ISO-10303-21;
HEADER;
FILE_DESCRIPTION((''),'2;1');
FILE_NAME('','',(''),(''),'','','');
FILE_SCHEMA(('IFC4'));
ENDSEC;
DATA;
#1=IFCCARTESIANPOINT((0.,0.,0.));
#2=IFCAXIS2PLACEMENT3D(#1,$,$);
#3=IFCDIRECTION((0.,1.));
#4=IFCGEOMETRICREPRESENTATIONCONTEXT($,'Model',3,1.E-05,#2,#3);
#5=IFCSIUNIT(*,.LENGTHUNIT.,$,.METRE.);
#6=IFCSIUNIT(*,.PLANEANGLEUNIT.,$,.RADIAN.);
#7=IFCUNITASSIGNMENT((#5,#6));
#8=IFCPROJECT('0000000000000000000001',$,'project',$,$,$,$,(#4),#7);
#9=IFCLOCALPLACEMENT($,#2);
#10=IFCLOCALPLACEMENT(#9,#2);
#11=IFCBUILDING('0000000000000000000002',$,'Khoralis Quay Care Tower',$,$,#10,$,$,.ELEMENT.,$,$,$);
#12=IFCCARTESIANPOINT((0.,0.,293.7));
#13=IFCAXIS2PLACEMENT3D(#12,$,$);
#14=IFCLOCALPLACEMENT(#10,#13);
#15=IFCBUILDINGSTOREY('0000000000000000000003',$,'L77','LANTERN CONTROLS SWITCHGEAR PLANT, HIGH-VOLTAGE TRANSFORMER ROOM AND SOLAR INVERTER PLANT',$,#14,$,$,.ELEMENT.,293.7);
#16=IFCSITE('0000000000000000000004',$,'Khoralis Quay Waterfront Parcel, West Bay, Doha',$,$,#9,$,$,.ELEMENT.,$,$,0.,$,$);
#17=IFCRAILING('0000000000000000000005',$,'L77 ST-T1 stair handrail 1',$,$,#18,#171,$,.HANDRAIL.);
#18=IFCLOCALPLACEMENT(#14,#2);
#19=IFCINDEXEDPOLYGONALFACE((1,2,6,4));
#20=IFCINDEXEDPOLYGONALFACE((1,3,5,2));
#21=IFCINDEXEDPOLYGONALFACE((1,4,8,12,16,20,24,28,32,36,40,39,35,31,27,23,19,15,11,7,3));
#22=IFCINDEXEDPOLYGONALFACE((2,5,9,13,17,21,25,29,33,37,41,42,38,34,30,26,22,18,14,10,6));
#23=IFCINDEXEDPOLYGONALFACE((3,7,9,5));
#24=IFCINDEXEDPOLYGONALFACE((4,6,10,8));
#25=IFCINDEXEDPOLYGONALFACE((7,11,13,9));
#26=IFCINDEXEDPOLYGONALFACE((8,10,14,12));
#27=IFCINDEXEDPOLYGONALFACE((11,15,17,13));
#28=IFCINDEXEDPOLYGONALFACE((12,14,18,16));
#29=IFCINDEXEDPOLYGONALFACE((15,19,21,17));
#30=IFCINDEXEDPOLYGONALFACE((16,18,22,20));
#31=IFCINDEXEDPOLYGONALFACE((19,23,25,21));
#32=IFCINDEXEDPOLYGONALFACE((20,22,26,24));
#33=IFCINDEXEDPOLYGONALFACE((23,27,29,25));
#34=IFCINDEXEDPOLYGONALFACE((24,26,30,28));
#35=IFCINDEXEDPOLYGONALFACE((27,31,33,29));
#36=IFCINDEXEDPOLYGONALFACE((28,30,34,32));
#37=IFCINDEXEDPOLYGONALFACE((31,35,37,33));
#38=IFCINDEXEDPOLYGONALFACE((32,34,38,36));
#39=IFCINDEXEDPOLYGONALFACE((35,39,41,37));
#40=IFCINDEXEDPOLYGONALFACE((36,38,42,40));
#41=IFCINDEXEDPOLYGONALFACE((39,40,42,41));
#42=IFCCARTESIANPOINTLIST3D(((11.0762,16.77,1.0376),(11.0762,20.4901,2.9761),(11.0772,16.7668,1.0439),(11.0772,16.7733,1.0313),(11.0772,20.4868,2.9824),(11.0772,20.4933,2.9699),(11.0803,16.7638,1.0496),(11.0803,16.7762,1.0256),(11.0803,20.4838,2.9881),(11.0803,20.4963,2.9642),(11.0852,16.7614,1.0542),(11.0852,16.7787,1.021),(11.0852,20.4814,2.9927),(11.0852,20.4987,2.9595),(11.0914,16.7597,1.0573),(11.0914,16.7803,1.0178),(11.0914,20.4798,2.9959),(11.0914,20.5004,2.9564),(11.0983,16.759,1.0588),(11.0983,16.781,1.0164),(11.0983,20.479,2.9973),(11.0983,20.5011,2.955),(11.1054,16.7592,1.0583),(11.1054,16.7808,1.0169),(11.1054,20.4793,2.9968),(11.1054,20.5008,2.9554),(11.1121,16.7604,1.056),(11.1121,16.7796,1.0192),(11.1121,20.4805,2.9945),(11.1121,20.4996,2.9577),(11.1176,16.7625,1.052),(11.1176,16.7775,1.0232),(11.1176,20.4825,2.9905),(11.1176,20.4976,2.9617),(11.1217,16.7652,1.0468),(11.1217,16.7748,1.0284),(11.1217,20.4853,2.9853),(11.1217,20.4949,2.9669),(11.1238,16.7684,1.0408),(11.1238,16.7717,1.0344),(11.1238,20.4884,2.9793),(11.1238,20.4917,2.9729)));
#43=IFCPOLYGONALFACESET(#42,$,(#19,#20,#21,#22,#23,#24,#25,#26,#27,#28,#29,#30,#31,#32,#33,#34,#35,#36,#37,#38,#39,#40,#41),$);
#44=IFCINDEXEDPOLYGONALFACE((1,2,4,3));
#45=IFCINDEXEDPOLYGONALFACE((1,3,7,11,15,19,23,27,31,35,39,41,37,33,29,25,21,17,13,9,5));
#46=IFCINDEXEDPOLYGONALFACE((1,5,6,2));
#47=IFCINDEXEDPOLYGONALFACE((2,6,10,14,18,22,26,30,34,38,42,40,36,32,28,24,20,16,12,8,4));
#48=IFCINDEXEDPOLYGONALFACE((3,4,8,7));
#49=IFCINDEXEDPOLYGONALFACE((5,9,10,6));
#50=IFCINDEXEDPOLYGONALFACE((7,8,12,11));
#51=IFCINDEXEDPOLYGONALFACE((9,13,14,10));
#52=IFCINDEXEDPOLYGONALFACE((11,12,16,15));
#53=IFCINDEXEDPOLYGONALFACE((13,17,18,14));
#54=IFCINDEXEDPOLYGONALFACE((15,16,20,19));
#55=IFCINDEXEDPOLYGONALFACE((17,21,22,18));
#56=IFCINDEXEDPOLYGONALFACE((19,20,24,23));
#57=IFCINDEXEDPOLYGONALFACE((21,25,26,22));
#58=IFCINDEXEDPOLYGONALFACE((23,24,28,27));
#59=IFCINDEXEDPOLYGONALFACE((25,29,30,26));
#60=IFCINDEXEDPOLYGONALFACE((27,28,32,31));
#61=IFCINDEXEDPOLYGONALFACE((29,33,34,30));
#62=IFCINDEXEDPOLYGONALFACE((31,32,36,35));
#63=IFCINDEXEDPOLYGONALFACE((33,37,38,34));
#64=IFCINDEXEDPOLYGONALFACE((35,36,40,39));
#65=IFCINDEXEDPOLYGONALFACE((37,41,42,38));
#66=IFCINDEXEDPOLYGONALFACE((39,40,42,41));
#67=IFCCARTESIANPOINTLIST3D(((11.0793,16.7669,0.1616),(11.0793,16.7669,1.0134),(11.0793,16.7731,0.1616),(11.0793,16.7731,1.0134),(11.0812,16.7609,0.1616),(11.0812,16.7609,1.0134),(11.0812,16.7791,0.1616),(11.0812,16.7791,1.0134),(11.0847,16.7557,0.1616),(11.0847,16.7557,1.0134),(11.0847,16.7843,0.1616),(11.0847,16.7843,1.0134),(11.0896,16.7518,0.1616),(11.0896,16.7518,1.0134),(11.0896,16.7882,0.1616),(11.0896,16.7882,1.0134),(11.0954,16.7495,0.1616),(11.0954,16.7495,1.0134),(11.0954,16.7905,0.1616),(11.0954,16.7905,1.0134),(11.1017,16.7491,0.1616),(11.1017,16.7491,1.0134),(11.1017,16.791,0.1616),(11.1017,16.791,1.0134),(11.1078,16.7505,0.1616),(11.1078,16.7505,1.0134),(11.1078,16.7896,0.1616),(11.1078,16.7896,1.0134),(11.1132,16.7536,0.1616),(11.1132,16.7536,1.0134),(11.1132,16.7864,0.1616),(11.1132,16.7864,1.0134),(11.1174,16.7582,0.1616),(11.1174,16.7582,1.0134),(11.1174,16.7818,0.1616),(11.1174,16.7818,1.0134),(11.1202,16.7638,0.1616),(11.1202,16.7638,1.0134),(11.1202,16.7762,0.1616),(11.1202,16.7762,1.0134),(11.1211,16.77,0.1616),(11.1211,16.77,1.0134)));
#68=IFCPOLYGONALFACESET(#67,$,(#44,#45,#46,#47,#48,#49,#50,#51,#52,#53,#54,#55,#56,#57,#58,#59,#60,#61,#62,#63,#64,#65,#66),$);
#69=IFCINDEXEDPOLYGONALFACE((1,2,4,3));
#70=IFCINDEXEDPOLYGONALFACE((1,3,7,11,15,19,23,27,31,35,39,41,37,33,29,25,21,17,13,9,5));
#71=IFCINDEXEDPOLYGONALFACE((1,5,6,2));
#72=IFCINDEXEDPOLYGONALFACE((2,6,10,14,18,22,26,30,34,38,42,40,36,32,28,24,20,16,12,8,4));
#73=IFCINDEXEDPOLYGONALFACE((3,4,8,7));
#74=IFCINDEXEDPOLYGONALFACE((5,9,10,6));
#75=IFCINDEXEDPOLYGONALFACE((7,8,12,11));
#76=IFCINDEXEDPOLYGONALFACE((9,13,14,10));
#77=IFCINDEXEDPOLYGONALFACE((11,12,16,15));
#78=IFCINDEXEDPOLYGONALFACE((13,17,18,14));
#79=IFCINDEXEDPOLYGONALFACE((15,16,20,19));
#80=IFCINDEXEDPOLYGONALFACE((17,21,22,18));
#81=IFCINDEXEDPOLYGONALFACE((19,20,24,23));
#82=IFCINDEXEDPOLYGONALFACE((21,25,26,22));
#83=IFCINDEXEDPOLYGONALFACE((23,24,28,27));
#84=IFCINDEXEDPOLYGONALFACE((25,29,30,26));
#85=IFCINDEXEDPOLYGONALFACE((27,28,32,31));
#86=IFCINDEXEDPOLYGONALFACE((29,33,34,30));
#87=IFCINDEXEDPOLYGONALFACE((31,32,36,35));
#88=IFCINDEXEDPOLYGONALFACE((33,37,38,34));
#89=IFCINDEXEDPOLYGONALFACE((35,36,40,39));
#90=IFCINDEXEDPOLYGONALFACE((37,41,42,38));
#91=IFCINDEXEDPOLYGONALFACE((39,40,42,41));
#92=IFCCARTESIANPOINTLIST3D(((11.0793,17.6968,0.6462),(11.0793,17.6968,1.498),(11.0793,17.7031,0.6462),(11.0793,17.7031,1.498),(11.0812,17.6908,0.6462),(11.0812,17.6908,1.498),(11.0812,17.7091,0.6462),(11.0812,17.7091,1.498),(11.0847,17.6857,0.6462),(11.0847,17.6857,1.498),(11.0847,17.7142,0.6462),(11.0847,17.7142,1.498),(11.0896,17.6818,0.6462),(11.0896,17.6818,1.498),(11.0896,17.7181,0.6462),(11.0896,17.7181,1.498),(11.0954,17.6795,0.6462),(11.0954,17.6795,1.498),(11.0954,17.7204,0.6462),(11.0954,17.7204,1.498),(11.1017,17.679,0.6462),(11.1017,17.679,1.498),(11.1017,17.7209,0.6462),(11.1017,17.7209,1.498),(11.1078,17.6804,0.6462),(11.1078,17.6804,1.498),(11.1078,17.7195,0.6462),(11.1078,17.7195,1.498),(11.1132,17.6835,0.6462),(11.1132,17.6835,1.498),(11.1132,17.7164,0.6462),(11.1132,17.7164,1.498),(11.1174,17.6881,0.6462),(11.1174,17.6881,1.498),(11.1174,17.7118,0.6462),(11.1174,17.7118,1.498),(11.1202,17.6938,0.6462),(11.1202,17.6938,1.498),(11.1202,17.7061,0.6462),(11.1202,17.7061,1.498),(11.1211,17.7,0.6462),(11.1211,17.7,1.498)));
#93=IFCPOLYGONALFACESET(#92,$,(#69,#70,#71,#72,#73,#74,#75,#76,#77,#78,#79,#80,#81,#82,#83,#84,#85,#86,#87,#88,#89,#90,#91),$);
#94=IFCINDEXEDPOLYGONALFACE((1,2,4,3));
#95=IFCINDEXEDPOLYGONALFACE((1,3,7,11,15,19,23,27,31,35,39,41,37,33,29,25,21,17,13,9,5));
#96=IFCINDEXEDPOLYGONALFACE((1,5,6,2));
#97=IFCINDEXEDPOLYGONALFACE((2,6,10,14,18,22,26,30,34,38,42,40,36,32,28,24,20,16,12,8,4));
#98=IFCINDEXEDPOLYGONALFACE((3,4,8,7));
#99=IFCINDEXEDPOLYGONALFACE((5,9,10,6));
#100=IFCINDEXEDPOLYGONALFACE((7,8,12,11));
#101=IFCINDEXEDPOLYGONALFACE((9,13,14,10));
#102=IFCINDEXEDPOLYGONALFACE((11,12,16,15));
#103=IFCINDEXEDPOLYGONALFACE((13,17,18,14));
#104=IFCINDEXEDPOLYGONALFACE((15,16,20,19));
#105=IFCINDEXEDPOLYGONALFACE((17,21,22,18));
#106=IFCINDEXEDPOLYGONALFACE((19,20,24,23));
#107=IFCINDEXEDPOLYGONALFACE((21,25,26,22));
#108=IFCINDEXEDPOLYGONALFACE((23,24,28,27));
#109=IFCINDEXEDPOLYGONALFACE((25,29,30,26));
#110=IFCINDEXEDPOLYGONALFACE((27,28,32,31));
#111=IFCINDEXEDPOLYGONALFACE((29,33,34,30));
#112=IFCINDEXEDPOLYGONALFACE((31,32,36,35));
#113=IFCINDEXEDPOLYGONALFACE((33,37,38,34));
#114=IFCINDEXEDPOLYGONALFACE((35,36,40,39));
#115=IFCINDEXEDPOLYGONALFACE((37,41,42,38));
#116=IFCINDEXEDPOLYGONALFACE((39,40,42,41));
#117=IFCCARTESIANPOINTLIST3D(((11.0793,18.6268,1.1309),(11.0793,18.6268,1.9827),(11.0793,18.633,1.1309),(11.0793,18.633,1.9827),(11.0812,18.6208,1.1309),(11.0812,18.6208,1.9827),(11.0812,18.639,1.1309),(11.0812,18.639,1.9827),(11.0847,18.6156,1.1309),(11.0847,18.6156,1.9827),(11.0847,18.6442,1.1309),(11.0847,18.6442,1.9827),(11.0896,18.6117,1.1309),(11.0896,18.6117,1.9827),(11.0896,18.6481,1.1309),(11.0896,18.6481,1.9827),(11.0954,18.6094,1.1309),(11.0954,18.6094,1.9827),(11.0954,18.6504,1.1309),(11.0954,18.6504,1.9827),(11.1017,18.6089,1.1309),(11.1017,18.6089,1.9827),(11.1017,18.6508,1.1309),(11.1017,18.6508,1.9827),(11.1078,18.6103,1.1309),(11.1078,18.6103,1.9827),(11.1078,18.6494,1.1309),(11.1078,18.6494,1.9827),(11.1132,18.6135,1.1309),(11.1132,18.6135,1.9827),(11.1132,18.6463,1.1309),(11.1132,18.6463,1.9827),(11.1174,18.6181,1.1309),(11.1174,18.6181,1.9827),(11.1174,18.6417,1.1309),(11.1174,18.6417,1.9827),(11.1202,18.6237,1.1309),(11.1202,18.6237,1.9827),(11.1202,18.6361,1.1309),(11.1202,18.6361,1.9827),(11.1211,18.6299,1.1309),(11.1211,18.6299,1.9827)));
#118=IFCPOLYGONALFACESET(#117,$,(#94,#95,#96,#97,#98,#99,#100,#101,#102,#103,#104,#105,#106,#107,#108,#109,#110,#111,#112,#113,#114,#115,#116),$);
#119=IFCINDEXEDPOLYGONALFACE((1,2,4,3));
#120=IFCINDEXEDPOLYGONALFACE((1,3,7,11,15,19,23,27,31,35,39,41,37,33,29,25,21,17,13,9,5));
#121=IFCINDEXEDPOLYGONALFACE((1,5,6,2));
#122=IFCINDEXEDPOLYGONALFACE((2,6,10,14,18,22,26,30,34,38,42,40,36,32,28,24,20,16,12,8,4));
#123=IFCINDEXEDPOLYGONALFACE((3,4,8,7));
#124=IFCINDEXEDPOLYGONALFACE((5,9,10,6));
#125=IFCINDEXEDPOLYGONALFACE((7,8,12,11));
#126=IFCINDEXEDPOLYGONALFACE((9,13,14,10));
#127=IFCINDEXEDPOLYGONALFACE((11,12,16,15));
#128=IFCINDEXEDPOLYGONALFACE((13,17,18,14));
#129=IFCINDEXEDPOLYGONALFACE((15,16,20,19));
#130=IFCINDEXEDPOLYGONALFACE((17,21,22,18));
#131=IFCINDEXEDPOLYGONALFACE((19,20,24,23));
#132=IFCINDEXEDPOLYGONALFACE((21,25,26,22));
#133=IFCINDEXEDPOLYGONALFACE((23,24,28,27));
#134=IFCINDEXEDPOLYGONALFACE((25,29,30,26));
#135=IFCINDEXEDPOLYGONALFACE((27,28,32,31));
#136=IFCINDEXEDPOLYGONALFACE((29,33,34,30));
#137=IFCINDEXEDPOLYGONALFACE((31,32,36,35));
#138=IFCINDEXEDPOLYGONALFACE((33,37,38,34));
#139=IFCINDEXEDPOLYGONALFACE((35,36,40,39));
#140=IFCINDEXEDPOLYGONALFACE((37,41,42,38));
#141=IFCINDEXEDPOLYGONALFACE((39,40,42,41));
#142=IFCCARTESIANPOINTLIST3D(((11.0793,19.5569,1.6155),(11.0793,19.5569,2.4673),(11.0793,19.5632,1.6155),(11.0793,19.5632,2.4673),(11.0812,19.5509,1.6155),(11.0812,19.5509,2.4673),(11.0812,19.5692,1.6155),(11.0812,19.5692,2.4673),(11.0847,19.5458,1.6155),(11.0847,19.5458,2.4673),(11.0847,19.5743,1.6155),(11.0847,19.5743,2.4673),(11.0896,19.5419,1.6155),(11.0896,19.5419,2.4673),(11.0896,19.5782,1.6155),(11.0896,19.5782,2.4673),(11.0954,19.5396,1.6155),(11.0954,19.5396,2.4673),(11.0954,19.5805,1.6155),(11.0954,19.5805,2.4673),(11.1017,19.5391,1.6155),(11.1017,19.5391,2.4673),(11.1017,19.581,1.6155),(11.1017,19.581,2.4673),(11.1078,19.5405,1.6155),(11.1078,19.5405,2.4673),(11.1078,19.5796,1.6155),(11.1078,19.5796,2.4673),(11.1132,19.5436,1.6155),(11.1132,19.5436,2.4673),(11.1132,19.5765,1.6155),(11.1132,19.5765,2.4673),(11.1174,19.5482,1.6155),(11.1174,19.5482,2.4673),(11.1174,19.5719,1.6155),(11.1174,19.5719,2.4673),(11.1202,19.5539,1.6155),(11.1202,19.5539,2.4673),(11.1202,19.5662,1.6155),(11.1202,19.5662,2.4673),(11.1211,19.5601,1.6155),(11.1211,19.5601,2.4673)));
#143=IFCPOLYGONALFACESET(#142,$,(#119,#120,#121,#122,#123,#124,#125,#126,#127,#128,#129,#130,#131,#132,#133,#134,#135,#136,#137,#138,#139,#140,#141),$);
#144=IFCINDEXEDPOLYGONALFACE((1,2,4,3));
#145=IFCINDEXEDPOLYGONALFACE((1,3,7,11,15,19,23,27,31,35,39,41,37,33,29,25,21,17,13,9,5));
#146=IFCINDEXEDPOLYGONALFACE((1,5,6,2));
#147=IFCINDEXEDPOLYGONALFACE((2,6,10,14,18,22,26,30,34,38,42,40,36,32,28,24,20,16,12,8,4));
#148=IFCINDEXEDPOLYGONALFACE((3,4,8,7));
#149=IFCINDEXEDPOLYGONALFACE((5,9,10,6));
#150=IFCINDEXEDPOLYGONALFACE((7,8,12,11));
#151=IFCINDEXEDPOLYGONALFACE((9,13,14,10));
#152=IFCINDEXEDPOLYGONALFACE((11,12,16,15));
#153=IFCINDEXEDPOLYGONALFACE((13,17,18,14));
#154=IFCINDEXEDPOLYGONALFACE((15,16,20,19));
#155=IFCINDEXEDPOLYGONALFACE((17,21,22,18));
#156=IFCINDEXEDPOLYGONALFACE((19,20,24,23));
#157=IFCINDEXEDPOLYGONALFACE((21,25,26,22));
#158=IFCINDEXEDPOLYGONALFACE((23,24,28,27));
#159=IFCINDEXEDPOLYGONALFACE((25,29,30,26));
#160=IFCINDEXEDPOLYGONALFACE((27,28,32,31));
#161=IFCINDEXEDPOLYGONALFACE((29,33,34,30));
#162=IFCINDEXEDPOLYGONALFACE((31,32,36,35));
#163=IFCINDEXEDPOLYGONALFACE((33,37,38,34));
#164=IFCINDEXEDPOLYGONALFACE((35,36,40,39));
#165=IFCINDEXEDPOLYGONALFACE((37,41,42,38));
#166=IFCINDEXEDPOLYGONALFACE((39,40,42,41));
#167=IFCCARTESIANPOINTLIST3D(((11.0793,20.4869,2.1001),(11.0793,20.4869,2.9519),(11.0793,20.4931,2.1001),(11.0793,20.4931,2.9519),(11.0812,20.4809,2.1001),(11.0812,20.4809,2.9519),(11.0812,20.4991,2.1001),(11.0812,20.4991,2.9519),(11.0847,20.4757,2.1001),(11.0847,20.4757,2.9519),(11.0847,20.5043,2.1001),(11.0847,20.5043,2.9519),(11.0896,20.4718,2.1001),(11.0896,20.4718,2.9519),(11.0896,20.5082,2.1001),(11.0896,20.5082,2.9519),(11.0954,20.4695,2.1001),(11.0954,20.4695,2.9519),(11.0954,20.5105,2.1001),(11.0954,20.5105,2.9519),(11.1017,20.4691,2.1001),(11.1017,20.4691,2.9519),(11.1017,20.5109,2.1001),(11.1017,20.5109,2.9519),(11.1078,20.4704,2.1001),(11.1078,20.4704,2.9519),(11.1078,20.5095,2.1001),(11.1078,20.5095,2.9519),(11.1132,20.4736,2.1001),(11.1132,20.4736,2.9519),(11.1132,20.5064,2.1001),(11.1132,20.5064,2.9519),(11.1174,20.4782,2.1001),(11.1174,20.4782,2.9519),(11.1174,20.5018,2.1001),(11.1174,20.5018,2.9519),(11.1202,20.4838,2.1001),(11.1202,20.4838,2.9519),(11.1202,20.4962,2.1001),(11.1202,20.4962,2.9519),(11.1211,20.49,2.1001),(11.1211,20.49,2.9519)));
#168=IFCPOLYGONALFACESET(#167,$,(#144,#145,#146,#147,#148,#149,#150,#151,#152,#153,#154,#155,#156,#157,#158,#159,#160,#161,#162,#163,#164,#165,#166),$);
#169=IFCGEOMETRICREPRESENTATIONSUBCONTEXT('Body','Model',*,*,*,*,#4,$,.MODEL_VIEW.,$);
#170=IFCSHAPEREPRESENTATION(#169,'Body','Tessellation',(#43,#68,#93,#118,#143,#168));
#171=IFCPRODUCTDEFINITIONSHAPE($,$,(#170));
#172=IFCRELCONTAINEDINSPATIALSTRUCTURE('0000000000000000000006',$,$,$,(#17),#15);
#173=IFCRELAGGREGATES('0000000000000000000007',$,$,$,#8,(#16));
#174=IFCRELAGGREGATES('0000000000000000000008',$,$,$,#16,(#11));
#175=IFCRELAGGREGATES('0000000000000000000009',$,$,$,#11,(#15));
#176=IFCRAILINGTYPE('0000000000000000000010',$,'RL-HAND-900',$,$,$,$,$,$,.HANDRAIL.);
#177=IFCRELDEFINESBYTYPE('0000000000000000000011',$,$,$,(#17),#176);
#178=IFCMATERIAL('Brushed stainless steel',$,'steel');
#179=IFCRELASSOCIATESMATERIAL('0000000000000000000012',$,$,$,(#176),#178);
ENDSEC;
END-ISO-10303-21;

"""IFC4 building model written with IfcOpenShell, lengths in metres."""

from ifc_helpers import new_model, si_unit, direction, frame, origin, origin_2d, place, context, subcontext, project, spatial, circle, extrude, material, type_object, element, save


model = new_model("IFC4")

# Units and contexts
model_context = context("Model", 3, precision=1e-05, world=origin(), true_north=direction((0.0, 1.0)))
body_context = subcontext(model_context, "Body", "Model", "MODEL_VIEW")
ifc_project = project(units=[si_unit("LENGTHUNIT", "METRE"), si_unit("PLANEANGLEUNIT", "RADIAN")], contexts=[model_context])

# Site, building, storey
site_placement = place(None, origin())
site = spatial("IfcSite", under=ifc_project, at=site_placement, Name="Khoralis Quay Waterfront Parcel, West Bay, Doha", CompositionType="ELEMENT", RefElevation=0.0)
building_placement = place(site_placement, origin())
building = spatial("IfcBuilding", under=site, at=building_placement, Name="Khoralis Quay Care Tower", CompositionType="ELEMENT")
storey_placement = place(building_placement, frame((0.0, 0.0, 293.7)))
storey = spatial("IfcBuildingStorey", under=building, at=storey_placement, Name="L77", Description="LANTERN CONTROLS SWITCHGEAR PLANT, HIGH-VOLTAGE TRANSFORMER ROOM AND SOLAR INVERTER PLANT", CompositionType="ELEMENT", Elevation=293.7)

# Shared definitions
ifc_material_1 = material(Name="Brushed stainless steel", Category="steel")

# Railing
railing_type_1 = type_object("IfcRailingType", Name="RL-HAND-900", PredefinedType="HANDRAIL", material=ifc_material_1)
railing_1_placement = place(storey_placement, frame((11.1001, 16.77, 0.1616)))
element("IfcRailing", 1, at=railing_1_placement, inside=storey, type_object=railing_type_1, Name="L77 ST-T1 stair handrail 1", PredefinedType="HANDRAIL", context=body_context, shape_type="SweptSolid", body=[
    extrude(circle(Radius=0.0239, at=origin_2d()), frame((0.0, 0.0, 0.876), z_axis=(0.0, 0.886817, 0.46212), x_axis=(-1.0, 0.0, 0.0)), (0.0, 0.0, 1.0), 4.1948),
    extrude(circle(Radius=0.021, at=origin_2d()), origin(), (0.0, 0.0, 1.0), 0.8518),
    extrude(circle(Radius=0.021, at=origin_2d()), frame((0.0, 0.9299, 0.4846)), (0.0, 0.0, 1.0), 0.8518),
    extrude(circle(Radius=0.021, at=origin_2d()), frame((0.0, 1.8599, 0.9692)), (0.0, 0.0, 1.0), 0.8518),
    extrude(circle(Radius=0.021, at=origin_2d()), frame((0.0, 2.79, 1.4539)), (0.0, 0.0, 1.0), 0.8518),
    extrude(circle(Radius=0.021, at=origin_2d()), frame((0.0, 3.72, 1.9385)), (0.0, 0.0, 1.0), 0.8518),
])

save(model, "model.ifc")
